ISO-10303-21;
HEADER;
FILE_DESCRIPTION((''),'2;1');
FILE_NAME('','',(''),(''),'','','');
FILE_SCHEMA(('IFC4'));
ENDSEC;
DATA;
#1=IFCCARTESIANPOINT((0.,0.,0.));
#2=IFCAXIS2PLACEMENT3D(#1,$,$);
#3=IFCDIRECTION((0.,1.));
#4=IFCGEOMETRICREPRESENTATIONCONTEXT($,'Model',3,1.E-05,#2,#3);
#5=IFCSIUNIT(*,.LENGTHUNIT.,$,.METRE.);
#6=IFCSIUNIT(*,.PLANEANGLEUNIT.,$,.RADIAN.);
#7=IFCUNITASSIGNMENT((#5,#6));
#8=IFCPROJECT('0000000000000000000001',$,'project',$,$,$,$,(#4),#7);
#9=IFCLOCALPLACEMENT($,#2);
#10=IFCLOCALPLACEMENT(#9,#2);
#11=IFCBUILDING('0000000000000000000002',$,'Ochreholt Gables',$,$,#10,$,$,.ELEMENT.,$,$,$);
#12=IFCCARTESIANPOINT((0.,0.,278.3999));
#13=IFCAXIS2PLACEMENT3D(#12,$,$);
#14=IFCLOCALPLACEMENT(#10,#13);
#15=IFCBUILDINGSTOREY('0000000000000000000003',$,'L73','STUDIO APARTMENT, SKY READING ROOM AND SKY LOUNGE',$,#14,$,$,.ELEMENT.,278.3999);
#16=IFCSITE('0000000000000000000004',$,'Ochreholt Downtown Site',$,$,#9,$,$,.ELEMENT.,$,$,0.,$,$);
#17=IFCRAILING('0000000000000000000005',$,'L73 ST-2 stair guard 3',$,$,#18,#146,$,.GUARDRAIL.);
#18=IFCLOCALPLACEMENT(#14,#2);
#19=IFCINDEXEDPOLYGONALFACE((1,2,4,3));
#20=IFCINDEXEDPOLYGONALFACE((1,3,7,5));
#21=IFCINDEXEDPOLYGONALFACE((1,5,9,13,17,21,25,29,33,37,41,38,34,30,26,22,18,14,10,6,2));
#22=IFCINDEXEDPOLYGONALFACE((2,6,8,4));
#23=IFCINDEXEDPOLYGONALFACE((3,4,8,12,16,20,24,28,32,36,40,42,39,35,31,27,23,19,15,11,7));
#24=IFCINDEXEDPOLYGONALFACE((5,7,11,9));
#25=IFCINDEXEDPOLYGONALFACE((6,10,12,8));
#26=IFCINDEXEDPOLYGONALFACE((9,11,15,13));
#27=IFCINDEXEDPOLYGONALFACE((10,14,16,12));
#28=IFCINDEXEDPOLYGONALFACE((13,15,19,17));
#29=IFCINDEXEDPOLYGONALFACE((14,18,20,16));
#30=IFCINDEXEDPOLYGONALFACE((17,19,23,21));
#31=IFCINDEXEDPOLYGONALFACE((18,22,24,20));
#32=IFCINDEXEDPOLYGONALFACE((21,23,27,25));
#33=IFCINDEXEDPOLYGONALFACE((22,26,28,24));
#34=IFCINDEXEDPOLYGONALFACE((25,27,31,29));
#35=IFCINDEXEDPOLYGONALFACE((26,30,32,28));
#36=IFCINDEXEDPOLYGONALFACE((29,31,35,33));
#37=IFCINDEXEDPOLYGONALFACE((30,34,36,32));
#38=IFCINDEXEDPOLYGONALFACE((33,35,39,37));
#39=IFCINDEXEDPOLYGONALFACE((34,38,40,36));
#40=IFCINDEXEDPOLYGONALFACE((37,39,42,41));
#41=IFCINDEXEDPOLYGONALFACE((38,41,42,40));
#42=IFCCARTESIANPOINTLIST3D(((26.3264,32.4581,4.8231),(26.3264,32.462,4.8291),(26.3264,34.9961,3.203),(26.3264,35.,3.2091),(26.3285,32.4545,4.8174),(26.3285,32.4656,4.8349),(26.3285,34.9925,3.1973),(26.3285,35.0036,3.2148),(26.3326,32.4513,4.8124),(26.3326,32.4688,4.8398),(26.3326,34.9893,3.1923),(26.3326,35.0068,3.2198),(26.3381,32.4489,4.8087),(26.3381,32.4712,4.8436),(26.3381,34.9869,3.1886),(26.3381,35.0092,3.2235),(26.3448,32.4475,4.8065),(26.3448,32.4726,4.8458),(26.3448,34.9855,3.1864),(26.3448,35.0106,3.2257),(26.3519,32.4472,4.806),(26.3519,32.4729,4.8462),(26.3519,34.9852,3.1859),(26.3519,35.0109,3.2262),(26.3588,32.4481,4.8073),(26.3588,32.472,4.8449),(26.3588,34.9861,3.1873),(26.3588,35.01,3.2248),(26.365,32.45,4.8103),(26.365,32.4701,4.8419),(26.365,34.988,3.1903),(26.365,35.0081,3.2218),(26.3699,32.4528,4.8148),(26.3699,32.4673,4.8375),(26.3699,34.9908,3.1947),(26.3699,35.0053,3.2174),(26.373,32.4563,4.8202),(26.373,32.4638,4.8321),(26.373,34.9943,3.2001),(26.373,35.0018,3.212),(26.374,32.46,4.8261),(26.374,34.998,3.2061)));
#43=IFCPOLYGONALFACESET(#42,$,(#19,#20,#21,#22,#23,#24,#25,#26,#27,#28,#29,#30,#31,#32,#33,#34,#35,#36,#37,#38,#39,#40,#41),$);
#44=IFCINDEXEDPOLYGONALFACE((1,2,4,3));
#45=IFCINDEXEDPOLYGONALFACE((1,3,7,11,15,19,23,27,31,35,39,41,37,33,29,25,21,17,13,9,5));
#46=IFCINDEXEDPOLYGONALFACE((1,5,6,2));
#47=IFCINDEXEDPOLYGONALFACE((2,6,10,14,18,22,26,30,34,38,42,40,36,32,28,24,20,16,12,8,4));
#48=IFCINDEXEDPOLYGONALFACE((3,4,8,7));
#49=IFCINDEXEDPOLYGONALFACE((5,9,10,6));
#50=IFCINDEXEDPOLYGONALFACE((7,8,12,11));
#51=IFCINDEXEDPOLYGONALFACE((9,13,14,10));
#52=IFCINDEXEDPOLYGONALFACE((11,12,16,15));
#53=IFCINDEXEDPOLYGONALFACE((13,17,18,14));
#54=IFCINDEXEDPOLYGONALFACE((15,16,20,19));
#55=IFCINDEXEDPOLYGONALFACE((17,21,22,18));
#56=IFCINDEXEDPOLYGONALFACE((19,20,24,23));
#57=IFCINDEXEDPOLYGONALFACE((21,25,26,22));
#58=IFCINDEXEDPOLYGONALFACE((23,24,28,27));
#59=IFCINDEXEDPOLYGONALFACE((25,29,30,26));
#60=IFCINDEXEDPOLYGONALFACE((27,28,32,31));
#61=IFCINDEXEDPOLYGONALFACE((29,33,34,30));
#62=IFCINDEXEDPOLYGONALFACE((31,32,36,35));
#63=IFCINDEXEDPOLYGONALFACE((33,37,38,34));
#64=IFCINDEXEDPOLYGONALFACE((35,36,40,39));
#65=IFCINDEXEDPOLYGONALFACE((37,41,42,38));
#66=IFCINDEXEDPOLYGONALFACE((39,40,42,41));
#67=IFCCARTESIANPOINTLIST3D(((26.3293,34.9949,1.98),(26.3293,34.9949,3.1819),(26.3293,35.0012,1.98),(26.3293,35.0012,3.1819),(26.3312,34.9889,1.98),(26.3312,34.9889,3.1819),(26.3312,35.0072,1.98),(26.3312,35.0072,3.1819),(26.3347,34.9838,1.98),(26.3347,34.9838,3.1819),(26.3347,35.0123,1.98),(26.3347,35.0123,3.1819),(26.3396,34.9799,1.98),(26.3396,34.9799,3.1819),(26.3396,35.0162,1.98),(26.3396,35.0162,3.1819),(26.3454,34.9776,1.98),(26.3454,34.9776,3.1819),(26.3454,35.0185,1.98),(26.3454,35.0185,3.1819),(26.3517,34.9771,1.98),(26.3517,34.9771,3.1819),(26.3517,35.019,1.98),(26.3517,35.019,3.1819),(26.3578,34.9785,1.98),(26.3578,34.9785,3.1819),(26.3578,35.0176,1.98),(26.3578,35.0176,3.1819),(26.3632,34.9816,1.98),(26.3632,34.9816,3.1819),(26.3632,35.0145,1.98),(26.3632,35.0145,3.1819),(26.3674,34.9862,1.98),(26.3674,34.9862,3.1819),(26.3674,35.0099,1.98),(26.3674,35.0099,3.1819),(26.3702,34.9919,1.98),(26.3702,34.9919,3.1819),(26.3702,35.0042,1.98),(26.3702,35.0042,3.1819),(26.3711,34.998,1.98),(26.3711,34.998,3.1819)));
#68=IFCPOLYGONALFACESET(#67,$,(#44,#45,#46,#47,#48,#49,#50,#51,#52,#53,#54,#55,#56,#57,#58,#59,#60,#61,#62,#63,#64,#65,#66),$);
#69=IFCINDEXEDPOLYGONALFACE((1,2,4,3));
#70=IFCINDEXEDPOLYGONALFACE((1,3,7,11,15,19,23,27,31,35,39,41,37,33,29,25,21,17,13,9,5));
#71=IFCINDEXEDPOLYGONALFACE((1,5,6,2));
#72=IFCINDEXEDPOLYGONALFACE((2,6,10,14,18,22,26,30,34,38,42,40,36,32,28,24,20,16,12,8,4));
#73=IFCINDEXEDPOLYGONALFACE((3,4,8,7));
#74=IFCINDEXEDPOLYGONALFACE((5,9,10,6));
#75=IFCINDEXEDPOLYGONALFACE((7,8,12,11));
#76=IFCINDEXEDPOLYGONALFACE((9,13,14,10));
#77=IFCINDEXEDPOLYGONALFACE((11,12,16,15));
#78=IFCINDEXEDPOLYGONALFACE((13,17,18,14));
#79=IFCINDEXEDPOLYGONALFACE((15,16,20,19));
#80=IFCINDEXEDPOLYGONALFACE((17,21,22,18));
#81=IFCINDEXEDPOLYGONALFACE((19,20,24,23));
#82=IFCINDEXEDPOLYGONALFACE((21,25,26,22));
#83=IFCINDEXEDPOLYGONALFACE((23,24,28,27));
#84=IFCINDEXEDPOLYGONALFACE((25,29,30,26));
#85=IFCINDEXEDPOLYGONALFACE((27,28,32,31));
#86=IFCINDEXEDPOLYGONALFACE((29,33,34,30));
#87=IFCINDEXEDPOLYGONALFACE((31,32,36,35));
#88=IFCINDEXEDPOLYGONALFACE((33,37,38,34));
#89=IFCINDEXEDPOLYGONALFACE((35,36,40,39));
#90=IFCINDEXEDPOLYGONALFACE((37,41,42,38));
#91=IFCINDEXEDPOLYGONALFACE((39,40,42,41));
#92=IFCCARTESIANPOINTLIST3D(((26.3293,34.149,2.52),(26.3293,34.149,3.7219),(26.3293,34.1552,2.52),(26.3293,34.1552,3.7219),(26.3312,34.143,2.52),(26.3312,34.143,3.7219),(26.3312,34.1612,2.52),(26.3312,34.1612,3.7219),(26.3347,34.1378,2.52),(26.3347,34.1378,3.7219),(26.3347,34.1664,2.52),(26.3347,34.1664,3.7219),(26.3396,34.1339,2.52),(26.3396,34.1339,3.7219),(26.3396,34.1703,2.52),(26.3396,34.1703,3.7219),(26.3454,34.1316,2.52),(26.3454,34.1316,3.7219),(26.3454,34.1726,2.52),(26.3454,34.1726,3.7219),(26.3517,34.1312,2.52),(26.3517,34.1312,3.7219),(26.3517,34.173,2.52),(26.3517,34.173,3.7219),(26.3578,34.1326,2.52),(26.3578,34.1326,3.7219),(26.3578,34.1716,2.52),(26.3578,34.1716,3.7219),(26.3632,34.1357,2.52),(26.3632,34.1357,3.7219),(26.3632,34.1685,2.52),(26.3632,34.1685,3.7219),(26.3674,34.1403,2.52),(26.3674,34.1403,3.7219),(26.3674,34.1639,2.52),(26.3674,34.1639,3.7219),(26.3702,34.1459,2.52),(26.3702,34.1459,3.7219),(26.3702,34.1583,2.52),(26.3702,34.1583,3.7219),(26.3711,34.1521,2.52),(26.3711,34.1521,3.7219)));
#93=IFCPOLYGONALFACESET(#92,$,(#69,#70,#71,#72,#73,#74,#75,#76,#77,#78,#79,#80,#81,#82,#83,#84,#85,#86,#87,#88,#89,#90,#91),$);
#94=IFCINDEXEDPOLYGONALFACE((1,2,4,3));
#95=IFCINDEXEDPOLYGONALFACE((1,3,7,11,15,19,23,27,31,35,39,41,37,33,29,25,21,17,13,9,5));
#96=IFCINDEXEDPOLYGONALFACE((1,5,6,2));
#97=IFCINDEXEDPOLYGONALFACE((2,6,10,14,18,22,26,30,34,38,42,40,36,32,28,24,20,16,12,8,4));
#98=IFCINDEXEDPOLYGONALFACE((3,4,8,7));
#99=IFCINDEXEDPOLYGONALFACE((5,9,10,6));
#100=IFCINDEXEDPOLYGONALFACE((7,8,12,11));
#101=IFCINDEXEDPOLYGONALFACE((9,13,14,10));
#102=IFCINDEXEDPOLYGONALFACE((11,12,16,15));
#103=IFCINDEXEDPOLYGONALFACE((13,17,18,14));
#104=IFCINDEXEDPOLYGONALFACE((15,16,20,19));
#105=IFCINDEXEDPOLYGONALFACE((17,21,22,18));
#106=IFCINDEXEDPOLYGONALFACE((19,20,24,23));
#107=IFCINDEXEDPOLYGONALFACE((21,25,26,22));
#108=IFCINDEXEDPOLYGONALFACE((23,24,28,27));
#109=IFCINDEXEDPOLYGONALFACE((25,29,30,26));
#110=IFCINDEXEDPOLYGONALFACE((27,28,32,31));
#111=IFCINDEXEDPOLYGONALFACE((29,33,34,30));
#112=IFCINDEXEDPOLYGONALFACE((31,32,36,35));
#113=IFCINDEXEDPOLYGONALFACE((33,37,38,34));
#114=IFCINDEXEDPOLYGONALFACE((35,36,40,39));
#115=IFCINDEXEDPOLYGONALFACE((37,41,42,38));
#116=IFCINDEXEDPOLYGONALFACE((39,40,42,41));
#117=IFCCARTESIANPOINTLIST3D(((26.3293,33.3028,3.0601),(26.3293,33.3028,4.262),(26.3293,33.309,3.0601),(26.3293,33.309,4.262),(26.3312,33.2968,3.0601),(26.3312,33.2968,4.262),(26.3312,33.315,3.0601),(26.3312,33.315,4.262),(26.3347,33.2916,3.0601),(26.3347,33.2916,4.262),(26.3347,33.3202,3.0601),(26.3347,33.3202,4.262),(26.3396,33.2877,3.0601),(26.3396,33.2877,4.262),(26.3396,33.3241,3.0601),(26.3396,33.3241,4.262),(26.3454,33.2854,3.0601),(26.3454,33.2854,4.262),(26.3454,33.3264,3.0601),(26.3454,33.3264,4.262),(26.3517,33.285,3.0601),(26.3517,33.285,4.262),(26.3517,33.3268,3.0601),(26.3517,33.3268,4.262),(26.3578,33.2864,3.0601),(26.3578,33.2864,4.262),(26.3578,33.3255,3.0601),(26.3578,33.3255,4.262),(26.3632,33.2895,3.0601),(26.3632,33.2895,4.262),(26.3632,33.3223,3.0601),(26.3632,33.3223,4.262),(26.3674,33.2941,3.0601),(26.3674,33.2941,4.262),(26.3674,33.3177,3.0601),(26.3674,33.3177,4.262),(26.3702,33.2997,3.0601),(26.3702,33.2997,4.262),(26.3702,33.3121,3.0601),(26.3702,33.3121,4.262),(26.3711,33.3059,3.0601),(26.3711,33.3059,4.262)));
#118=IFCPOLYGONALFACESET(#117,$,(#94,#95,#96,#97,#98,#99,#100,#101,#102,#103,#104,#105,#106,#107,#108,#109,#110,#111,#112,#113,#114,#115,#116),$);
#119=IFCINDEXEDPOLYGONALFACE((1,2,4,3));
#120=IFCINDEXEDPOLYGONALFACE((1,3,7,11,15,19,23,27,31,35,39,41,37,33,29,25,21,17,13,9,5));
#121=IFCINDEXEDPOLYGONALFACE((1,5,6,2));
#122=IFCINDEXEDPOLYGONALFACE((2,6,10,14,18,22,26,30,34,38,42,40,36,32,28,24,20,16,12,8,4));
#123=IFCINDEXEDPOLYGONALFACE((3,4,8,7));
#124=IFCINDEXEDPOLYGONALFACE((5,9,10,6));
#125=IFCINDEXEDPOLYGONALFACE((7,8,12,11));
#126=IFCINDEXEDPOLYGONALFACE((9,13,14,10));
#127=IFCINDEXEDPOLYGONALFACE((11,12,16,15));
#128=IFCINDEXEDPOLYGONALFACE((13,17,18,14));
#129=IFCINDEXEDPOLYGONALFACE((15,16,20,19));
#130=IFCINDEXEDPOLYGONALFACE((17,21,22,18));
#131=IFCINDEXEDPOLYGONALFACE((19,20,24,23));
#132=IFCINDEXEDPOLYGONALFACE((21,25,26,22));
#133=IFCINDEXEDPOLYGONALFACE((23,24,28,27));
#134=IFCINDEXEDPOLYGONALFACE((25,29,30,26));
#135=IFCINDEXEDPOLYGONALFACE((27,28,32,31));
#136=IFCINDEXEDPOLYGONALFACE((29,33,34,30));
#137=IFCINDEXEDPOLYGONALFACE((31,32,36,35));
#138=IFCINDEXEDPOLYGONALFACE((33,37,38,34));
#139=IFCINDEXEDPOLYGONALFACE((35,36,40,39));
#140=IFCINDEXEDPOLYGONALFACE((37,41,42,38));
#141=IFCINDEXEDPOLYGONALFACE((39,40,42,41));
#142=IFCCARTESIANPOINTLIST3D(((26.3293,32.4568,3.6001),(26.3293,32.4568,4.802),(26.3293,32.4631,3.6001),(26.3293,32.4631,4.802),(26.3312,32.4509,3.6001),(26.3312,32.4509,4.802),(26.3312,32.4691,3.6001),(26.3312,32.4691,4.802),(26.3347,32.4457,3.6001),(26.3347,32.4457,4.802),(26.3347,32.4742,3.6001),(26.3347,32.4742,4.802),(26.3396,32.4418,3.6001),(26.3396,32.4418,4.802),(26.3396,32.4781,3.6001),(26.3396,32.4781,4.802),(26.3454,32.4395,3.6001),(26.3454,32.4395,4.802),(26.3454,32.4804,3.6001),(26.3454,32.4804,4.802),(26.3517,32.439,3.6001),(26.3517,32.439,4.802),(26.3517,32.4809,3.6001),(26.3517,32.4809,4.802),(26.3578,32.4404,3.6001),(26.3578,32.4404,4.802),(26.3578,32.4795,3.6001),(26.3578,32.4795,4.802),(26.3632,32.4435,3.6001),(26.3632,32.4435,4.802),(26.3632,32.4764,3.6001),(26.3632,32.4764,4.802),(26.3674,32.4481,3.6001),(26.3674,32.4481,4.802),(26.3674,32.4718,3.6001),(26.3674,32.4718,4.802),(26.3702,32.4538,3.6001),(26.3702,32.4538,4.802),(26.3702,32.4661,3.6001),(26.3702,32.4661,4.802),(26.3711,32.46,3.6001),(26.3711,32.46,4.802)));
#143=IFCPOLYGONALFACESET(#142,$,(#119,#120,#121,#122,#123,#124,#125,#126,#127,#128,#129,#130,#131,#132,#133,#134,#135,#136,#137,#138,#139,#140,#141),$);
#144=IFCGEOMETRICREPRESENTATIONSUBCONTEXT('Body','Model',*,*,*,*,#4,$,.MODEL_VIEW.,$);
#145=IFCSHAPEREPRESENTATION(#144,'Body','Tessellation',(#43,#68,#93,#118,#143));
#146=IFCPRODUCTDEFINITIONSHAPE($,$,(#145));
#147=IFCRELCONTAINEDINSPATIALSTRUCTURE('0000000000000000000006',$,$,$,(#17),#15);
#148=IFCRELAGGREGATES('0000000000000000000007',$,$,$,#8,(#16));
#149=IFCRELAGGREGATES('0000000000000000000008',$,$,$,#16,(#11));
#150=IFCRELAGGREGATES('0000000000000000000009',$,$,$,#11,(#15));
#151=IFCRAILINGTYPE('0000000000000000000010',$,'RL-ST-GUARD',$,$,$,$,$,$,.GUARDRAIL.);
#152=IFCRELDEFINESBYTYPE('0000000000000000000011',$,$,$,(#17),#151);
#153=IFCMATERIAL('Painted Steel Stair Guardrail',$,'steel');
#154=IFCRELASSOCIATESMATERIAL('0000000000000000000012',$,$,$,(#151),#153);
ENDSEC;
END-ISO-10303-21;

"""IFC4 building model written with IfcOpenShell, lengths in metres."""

from ifc_helpers import new_model, si_unit, direction, frame, origin, origin_2d, place, context, subcontext, project, spatial, circle, extrude, material, type_object, element, save


model = new_model("IFC4")

# Units and contexts
model_context = context("Model", 3, precision=1e-05, world=origin(), true_north=direction((0.0, 1.0)))
body_context = subcontext(model_context, "Body", "Model", "MODEL_VIEW")
ifc_project = project(units=[si_unit("LENGTHUNIT", "METRE"), si_unit("PLANEANGLEUNIT", "RADIAN")], contexts=[model_context])

# Site, building, storey
site_placement = place(None, origin())
site = spatial("IfcSite", under=ifc_project, at=site_placement, Name="Ochreholt Downtown Site", CompositionType="ELEMENT", RefElevation=0.0)
building_placement = place(site_placement, origin())
building = spatial("IfcBuilding", under=site, at=building_placement, Name="Ochreholt Gables", CompositionType="ELEMENT")
storey_placement = place(building_placement, frame((0.0, 0.0, 278.3999)))
storey = spatial("IfcBuildingStorey", under=building, at=storey_placement, Name="L73", Description="STUDIO APARTMENT, SKY READING ROOM AND SKY LOUNGE", CompositionType="ELEMENT", Elevation=278.3999)

# Railing
ifc_material_1 = material(Name="Painted Steel Stair Guardrail", Category="steel")
railing_type_1 = type_object("IfcRailingType", Name="RL-ST-GUARD", PredefinedType="GUARDRAIL", material=ifc_material_1)
railing_1_placement = place(storey_placement, frame((26.3501, 34.998, 1.98)))
element("IfcRailing", 1, at=railing_1_placement, inside=storey, type_object=railing_type_1, Name="L73 ST-2 stair guard 3", PredefinedType="GUARDRAIL", context=body_context, shape_type="SweptSolid", body=[
    extrude(circle(Radius=0.0239, at=origin_2d()), frame((0.0, 0.0, 1.2261), z_axis=(0.0, -0.842913, 0.53805), x_axis=(1.0, 0.0, 0.0)), (0.0, 0.0, 1.0), 3.011),
    extrude(circle(Radius=0.021, at=origin_2d()), origin(), (0.0, 0.0, 1.0), 1.2019),
    extrude(circle(Radius=0.021, at=origin_2d()), frame((0.0, -0.8459, 0.54)), (0.0, 0.0, 1.0), 1.2019),
    extrude(circle(Radius=0.021, at=origin_2d()), frame((0.0, -1.6921, 1.0801)), (0.0, 0.0, 1.0), 1.2019),
    extrude(circle(Radius=0.021, at=origin_2d()), frame((0.0, -2.5381, 1.6201)), (0.0, 0.0, 1.0), 1.2019),
])

save(model, "model.ifc")
